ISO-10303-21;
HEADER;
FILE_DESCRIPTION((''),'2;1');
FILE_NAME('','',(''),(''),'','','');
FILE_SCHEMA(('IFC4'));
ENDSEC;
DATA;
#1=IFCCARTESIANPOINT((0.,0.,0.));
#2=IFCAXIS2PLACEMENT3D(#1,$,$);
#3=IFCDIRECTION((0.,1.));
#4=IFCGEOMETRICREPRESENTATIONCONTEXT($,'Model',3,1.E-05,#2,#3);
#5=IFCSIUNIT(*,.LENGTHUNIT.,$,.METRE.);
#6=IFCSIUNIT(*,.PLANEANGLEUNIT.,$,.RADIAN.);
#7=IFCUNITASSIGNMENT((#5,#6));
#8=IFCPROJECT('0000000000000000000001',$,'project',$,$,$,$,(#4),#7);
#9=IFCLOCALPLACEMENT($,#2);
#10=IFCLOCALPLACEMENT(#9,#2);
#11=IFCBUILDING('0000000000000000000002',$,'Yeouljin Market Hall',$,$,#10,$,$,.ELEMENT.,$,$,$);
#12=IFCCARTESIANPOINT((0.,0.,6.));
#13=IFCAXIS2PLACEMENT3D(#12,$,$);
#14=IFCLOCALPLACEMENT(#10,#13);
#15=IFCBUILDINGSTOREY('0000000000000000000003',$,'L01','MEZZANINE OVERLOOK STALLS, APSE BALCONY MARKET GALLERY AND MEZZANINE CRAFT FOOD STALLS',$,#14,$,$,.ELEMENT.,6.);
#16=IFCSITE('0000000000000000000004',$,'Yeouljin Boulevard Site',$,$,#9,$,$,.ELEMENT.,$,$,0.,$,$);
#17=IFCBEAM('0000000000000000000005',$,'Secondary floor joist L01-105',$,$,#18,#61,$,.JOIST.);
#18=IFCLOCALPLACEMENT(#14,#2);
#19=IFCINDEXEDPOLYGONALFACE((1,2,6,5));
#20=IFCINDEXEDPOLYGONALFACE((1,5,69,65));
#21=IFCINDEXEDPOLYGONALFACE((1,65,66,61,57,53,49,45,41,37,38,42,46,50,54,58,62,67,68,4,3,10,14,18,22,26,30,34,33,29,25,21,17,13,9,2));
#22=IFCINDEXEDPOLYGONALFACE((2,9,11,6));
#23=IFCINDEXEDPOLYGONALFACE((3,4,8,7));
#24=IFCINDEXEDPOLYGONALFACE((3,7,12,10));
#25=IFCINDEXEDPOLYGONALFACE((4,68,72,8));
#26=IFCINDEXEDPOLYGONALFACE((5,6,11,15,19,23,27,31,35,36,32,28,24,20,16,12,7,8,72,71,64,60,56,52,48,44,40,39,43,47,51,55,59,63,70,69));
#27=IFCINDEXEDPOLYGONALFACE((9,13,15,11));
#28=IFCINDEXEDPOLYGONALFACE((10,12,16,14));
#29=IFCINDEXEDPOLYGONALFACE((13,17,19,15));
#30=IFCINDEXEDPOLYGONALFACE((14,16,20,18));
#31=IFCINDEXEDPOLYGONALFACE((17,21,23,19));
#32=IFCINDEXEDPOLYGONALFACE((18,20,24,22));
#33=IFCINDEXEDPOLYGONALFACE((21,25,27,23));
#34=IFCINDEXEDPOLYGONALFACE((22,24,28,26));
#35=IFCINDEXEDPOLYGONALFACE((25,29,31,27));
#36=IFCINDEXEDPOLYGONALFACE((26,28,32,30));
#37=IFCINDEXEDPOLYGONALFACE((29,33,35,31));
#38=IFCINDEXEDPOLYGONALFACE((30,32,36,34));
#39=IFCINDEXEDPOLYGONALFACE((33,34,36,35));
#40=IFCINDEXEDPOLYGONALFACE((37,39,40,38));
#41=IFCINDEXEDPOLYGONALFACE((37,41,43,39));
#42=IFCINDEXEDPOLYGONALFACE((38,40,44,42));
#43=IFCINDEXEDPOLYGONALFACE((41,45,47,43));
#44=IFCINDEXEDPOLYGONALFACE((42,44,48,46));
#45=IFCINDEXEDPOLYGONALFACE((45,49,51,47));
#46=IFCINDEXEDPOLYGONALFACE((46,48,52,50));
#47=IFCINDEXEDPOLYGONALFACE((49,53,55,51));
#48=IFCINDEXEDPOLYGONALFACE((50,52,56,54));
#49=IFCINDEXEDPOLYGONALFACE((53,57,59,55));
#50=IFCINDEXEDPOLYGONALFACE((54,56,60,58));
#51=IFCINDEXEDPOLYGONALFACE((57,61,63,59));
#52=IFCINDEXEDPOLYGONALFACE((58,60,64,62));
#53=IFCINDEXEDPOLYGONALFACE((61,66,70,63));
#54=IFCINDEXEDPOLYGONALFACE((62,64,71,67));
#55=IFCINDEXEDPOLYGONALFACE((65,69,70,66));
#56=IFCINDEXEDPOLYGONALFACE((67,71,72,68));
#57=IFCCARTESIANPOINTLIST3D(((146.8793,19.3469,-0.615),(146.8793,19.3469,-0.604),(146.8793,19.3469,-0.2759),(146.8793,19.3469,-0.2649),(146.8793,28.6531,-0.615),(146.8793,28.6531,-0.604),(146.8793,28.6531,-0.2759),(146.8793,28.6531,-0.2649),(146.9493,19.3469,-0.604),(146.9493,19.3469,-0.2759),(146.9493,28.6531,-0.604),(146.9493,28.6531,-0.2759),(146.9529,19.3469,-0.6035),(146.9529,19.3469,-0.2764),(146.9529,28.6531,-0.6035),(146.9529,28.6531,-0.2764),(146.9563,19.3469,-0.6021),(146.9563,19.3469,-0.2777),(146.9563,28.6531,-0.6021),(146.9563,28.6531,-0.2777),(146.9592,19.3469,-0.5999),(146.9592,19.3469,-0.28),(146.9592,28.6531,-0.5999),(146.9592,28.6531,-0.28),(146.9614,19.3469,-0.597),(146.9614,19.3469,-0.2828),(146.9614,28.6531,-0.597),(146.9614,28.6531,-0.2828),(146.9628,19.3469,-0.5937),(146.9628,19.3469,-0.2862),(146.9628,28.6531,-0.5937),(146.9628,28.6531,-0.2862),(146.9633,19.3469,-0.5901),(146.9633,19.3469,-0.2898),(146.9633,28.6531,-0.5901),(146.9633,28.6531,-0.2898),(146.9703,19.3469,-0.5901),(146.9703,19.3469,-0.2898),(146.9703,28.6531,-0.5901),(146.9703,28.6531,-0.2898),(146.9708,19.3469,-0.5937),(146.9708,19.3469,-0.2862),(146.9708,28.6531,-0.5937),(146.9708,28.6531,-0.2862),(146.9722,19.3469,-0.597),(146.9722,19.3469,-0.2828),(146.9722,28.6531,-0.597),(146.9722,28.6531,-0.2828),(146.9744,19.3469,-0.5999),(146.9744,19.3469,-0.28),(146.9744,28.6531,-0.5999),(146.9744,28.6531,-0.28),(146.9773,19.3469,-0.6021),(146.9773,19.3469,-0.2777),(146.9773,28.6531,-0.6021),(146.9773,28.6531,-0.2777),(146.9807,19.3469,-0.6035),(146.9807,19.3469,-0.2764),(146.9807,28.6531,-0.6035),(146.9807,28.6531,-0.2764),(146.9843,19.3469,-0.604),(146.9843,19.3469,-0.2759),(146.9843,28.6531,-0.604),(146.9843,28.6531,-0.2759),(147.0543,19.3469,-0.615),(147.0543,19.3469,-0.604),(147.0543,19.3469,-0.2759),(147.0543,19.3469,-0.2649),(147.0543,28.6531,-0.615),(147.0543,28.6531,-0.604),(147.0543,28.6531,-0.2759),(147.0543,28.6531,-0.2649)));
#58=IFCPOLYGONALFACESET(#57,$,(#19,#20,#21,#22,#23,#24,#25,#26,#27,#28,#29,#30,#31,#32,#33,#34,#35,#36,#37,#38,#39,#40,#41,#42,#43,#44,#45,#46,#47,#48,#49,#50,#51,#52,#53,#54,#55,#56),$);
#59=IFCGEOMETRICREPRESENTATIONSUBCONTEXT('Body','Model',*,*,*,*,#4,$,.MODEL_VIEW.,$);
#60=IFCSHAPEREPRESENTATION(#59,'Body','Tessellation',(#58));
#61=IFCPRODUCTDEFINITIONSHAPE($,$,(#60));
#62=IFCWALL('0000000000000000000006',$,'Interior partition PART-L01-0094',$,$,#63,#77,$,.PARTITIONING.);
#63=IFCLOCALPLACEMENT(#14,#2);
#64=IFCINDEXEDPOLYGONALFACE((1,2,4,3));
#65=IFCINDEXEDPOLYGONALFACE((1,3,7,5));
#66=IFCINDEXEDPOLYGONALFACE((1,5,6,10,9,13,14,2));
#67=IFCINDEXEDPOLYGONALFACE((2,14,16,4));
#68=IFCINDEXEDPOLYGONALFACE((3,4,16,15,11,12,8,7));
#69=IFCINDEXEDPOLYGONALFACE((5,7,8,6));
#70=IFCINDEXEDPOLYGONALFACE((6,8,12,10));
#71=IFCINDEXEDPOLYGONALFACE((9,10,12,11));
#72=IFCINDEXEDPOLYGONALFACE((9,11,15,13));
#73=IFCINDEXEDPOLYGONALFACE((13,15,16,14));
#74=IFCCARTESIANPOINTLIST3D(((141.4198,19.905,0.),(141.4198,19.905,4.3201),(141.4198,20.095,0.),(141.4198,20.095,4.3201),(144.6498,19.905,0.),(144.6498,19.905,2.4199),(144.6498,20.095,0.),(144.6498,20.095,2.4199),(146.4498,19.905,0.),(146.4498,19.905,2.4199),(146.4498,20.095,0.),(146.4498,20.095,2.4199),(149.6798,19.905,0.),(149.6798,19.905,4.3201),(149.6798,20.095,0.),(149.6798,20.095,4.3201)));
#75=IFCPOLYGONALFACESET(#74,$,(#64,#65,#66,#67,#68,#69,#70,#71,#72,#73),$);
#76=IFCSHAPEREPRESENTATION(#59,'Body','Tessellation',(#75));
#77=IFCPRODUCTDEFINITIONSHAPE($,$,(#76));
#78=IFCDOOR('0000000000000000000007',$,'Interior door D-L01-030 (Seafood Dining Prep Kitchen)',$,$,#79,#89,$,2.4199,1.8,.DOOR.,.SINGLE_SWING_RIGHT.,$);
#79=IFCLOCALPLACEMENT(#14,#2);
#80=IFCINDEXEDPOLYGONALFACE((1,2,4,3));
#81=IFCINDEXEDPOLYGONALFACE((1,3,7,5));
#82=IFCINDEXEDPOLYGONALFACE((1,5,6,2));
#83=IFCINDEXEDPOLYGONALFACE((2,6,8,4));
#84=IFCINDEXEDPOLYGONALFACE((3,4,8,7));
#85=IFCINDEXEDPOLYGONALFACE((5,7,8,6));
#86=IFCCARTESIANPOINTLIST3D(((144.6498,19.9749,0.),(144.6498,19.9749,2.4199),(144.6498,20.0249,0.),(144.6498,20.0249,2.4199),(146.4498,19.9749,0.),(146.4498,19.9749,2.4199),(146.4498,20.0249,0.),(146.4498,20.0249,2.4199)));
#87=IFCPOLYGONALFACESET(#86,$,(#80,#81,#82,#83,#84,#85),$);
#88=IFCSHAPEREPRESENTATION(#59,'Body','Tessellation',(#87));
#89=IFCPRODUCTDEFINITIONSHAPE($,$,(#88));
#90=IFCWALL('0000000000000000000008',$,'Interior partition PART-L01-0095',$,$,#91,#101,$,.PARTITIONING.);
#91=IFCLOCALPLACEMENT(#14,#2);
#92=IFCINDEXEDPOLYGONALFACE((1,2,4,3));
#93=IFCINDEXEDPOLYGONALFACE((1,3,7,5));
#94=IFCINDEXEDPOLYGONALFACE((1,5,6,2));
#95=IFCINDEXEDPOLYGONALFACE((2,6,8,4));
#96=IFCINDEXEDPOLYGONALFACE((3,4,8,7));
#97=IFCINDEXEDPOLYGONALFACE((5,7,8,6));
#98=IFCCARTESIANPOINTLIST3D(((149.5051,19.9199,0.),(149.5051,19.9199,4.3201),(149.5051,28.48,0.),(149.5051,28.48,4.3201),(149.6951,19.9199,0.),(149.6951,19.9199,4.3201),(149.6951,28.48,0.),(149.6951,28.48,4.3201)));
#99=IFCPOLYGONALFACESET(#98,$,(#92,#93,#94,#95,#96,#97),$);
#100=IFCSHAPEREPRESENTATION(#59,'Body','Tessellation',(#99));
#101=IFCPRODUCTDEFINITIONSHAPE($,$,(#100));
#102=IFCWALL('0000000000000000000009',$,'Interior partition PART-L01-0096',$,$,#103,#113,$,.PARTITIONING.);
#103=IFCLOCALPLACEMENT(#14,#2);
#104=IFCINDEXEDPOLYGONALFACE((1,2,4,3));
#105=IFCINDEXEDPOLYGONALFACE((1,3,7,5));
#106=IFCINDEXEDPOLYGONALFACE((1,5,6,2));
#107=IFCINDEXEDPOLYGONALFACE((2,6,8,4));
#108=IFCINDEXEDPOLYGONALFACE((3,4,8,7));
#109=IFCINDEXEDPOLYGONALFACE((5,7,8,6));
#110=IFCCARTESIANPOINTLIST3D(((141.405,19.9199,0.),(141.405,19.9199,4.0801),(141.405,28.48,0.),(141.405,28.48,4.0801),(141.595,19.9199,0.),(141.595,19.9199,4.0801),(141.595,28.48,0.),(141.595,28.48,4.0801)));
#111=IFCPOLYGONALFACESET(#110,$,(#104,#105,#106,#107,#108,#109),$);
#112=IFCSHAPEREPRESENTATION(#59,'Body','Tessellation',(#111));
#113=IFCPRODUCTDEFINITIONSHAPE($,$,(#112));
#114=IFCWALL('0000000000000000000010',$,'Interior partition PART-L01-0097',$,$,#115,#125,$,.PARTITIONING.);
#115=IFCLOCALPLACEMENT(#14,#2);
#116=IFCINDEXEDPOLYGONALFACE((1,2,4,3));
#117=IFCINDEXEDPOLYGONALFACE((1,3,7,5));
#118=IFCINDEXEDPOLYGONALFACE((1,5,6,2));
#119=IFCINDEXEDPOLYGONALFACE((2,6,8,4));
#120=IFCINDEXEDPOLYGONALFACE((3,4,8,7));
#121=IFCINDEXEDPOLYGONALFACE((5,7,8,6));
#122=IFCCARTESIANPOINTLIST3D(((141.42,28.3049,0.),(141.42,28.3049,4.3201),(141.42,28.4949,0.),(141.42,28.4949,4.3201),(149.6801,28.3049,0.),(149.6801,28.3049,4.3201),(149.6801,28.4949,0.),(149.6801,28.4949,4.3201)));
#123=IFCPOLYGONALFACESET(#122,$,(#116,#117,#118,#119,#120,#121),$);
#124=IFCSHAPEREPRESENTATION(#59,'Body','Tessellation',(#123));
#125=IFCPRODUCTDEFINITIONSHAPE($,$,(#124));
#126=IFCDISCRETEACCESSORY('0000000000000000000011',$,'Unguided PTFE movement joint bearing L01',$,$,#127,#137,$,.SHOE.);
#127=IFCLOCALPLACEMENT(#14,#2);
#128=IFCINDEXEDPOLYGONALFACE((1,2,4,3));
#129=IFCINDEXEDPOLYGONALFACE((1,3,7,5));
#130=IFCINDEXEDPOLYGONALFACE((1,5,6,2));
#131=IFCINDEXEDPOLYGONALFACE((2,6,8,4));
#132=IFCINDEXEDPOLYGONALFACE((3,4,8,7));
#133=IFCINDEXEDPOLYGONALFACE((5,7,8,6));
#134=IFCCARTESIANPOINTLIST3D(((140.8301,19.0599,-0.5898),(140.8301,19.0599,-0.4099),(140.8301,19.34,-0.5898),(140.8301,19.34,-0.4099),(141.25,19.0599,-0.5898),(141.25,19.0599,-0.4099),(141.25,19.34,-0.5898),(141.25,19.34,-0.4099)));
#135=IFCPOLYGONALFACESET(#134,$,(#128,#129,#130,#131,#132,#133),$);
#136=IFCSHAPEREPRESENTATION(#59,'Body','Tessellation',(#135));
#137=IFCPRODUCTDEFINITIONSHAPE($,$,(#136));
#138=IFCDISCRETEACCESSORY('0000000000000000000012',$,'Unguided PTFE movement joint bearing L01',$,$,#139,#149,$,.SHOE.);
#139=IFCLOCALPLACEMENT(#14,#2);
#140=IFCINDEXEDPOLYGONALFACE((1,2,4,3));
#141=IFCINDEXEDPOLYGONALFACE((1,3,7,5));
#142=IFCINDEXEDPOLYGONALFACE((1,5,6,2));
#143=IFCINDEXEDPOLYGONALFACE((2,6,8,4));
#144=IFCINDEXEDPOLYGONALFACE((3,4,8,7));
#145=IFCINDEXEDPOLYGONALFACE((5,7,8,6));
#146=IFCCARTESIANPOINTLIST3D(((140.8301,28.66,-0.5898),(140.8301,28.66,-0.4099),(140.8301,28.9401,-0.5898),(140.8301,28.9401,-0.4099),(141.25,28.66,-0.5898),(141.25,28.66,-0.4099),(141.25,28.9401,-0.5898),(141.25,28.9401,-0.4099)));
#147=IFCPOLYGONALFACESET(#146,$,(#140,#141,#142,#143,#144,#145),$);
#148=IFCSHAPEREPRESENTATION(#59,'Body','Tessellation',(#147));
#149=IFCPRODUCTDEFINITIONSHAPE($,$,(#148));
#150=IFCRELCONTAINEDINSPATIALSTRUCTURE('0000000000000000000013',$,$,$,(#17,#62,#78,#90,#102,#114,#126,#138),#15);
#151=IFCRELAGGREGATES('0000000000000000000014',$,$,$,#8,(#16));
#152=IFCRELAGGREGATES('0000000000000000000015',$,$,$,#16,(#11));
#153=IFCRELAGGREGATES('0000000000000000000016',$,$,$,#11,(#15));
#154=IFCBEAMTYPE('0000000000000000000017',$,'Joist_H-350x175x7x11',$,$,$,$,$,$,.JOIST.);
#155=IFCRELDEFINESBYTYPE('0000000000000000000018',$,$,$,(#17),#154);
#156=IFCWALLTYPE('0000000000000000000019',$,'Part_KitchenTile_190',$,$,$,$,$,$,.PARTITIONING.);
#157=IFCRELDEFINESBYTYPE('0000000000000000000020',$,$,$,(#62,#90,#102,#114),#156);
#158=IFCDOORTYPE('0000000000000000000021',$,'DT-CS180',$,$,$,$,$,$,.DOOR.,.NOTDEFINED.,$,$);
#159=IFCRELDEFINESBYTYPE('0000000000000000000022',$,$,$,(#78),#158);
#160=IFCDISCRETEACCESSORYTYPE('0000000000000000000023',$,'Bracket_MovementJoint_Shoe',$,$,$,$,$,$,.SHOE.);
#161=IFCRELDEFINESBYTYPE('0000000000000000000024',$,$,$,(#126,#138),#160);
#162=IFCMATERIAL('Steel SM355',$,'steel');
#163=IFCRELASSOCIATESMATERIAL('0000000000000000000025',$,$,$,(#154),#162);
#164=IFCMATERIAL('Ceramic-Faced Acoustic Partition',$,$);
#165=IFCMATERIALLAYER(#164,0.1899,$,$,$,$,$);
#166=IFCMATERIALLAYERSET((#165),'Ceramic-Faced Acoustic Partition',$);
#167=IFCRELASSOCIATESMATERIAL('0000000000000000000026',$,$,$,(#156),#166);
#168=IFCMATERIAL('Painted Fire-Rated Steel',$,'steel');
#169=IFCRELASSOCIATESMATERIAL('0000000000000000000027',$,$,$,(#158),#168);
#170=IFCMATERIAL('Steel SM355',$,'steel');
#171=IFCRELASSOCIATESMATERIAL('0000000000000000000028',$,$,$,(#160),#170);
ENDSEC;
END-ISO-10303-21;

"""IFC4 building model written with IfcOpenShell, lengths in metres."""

from ifc_helpers import new_model, si_unit, direction, frame, frame_2d, origin, origin_2d, place, context, subcontext, project, spatial, rectangle, i_section, extrude, material, layer, layer_set, material_profile, profile_set, type_object, element, fill, save


model = new_model("IFC4")

# Units and contexts
model_context = context("Model", 3, precision=1e-05, world=origin(), true_north=direction((0.0, 1.0)))
body_context = subcontext(model_context, "Body", "Model", "MODEL_VIEW")
ifc_project = project(units=[si_unit("LENGTHUNIT", "METRE"), si_unit("PLANEANGLEUNIT", "RADIAN")], contexts=[model_context])

# Site, building, storey
site_placement = place(None, origin())
site = spatial("IfcSite", under=ifc_project, at=site_placement, Name="Yeouljin Boulevard Site", CompositionType="ELEMENT", RefElevation=0.0)
building_placement = place(site_placement, origin())
building = spatial("IfcBuilding", under=site, at=building_placement, Name="Yeouljin Market Hall", CompositionType="ELEMENT")
storey_placement = place(building_placement, frame((0.0, 0.0, 6.0)))
storey = spatial("IfcBuildingStorey", under=building, at=storey_placement, Name="L01", Description="MEZZANINE OVERLOOK STALLS, APSE BALCONY MARKET GALLERY AND MEZZANINE CRAFT FOOD STALLS", CompositionType="ELEMENT", Elevation=6.0)

# Beam
ifc_material_1 = material(Name="Steel SM355", Category="steel")
ifc_material_profile_1 = material_profile(ifc_material_1, i_section(OverallWidth=0.175, OverallDepth=0.3501, WebThickness=0.0071, FlangeThickness=0.011, FilletRadius=0.0139, at=origin_2d()), Name="H-350x175x7x11")
ifc_profile_set_1 = profile_set([ifc_material_profile_1], Name="Steel SM355")
beam_type_1 = type_object("IfcBeamType", Name="Joist_H-350x175x7x11", PredefinedType="JOIST", material=ifc_profile_set_1)
for number, where, z_axis, x_axis, name in (
    (1, (146.9668, 19.3469, -0.4399), (0.0, 1.0, 0.0), (-1.0, 0.0, 0.0), "Secondary floor joist L01-105"),
):
    element("IfcBeam", number, at=place(storey_placement, frame(where, z_axis=z_axis, x_axis=x_axis)), inside=storey, type_object=beam_type_1, Name=name, PredefinedType="JOIST", context=body_context, shape_type="SweptSolid", body=[
        extrude(i_section(OverallWidth=0.175, OverallDepth=0.3501, WebThickness=0.0071, FlangeThickness=0.011, FilletRadius=0.0139, at=origin_2d()), origin(), (0.0, 0.0, 1.0), 9.3062),
    ])

# Wall, opening, door
ifc_material_2 = material(Name="Ceramic-Faced Acoustic Partition")
ifc_layer = layer(ifc_material_2, 0.1899)
ifc_layer_set = layer_set([ifc_layer], Name="Ceramic-Faced Acoustic Partition")
wall_type = type_object("IfcWallType", Name="Part_KitchenTile_190", PredefinedType="PARTITIONING", material=ifc_layer_set)
wall_1_placement = place(storey_placement, frame((141.4199, 20.0, 0.0), z_axis=(0.0, 0.0, 1.0), x_axis=(1.0, 0.0, 0.0)))
wall_1 = element("IfcWall", 2, at=wall_1_placement, inside=storey, type_object=wall_type, Name="Interior partition PART-L01-0094", PredefinedType="PARTITIONING", context=body_context, shape_type="SweptSolid", body=[
    extrude(rectangle(XDim=8.26, YDim=0.1899, at=frame_2d((4.1299, 0.0))), origin(), (0.0, 0.0, 1.0), 4.3201),
])
opening_placement = place(wall_1_placement, frame((3.23, 0.0, 0.0)))
opening = element("IfcOpeningElement", 3, at=opening_placement, cuts=wall_1, PredefinedType="OPENING", context=body_context, shape_type="SweptSolid", body=[
    extrude(rectangle(XDim=1.8, YDim=2.4199, at=frame_2d((0.8999, 1.21))), frame((0.0, 0.105, 0.0), z_axis=(0.0, -1.0, 0.0), x_axis=(1.0, 0.0, 0.0)), (0.0, 0.0, 1.0), 0.21),
])
ifc_material_3 = material(Name="Painted Fire-Rated Steel", Category="steel")
door_type = type_object("IfcDoorType", Name="DT-CS180", OperationType="NOTDEFINED", PredefinedType="DOOR", material=ifc_material_3)
door_placement = place(opening_placement, origin())
door = element("IfcDoor", 4, at=door_placement, inside=storey, type_object=door_type, Name="Interior door D-L01-030 (Seafood Dining Prep Kitchen)", OperationType="SINGLE_SWING_RIGHT", OverallHeight=2.4199, OverallWidth=1.8, PredefinedType="DOOR", context=body_context, shape_type="SweptSolid", body=[
    extrude(rectangle(XDim=1.8, YDim=2.4199, at=frame_2d((0.8999, 1.21))), frame((0.0, 0.0249, 0.0), z_axis=(0.0, -1.0, 0.0), x_axis=(1.0, 0.0, 0.0)), (0.0, 0.0, 1.0), 0.05),
])
fill(opening, door)

# Walls
wall_2_placement = place(storey_placement, frame((149.6001, 19.9199, 0.0), z_axis=(0.0, 0.0, 1.0), x_axis=(0.0, 1.0, 0.0)))
element("IfcWall", 5, at=wall_2_placement, inside=storey, type_object=wall_type, Name="Interior partition PART-L01-0095", PredefinedType="PARTITIONING", context=body_context, shape_type="SweptSolid", body=[
    extrude(rectangle(XDim=8.5601, YDim=0.1899, at=frame_2d((4.28, 0.0))), origin(), (0.0, 0.0, 1.0), 4.3201),
])
wall_3_placement = place(storey_placement, frame((141.5, 28.48, 0.0), z_axis=(0.0, 0.0, 1.0), x_axis=(0.0, -1.0, 0.0)))
element("IfcWall", 6, at=wall_3_placement, inside=storey, type_object=wall_type, Name="Interior partition PART-L01-0096", PredefinedType="PARTITIONING", context=body_context, shape_type="SweptSolid", body=[
    extrude(rectangle(XDim=8.5601, YDim=0.1899, at=frame_2d((4.28, 0.0))), origin(), (0.0, 0.0, 1.0), 4.0801),
])
wall_4_placement = place(storey_placement, frame((149.6799, 28.3999, 0.0), z_axis=(0.0, 0.0, 1.0), x_axis=(-1.0, 0.0, 0.0)))
element("IfcWall", 7, at=wall_4_placement, inside=storey, type_object=wall_type, Name="Interior partition PART-L01-0097", PredefinedType="PARTITIONING", context=body_context, shape_type="SweptSolid", body=[
    extrude(rectangle(XDim=8.26, YDim=0.1899, at=frame_2d((4.1299, 0.0))), origin(), (0.0, 0.0, 1.0), 4.3201),
])

# Discrete accessories
ifc_material_4 = material(Name="Steel SM355", Category="steel")
discrete_accessory_type = type_object("IfcDiscreteAccessoryType", Name="Bracket_MovementJoint_Shoe", PredefinedType="SHOE", material=ifc_material_4)
for number, where, z_axis, x_axis, name in (
    (8, (141.04, 19.2, -0.5898), (0.0, 0.0, 1.0), (1.0, 0.0, 0.0), "Unguided PTFE movement joint bearing L01"),
    (9, (141.04, 28.8, -0.5898), (0.0, 0.0, 1.0), (1.0, 0.0, 0.0), "Unguided PTFE movement joint bearing L01"),
):
    element("IfcDiscreteAccessory", number, at=place(storey_placement, frame(where, z_axis=z_axis, x_axis=x_axis)), inside=storey, type_object=discrete_accessory_type, Name=name, PredefinedType="SHOE", context=body_context, shape_type="SweptSolid", body=[
        extrude(rectangle(XDim=0.4199, YDim=0.28, at=origin_2d()), origin(), (0.0, 0.0, 1.0), 0.1799),
    ])

save(model, "model.ifc")
